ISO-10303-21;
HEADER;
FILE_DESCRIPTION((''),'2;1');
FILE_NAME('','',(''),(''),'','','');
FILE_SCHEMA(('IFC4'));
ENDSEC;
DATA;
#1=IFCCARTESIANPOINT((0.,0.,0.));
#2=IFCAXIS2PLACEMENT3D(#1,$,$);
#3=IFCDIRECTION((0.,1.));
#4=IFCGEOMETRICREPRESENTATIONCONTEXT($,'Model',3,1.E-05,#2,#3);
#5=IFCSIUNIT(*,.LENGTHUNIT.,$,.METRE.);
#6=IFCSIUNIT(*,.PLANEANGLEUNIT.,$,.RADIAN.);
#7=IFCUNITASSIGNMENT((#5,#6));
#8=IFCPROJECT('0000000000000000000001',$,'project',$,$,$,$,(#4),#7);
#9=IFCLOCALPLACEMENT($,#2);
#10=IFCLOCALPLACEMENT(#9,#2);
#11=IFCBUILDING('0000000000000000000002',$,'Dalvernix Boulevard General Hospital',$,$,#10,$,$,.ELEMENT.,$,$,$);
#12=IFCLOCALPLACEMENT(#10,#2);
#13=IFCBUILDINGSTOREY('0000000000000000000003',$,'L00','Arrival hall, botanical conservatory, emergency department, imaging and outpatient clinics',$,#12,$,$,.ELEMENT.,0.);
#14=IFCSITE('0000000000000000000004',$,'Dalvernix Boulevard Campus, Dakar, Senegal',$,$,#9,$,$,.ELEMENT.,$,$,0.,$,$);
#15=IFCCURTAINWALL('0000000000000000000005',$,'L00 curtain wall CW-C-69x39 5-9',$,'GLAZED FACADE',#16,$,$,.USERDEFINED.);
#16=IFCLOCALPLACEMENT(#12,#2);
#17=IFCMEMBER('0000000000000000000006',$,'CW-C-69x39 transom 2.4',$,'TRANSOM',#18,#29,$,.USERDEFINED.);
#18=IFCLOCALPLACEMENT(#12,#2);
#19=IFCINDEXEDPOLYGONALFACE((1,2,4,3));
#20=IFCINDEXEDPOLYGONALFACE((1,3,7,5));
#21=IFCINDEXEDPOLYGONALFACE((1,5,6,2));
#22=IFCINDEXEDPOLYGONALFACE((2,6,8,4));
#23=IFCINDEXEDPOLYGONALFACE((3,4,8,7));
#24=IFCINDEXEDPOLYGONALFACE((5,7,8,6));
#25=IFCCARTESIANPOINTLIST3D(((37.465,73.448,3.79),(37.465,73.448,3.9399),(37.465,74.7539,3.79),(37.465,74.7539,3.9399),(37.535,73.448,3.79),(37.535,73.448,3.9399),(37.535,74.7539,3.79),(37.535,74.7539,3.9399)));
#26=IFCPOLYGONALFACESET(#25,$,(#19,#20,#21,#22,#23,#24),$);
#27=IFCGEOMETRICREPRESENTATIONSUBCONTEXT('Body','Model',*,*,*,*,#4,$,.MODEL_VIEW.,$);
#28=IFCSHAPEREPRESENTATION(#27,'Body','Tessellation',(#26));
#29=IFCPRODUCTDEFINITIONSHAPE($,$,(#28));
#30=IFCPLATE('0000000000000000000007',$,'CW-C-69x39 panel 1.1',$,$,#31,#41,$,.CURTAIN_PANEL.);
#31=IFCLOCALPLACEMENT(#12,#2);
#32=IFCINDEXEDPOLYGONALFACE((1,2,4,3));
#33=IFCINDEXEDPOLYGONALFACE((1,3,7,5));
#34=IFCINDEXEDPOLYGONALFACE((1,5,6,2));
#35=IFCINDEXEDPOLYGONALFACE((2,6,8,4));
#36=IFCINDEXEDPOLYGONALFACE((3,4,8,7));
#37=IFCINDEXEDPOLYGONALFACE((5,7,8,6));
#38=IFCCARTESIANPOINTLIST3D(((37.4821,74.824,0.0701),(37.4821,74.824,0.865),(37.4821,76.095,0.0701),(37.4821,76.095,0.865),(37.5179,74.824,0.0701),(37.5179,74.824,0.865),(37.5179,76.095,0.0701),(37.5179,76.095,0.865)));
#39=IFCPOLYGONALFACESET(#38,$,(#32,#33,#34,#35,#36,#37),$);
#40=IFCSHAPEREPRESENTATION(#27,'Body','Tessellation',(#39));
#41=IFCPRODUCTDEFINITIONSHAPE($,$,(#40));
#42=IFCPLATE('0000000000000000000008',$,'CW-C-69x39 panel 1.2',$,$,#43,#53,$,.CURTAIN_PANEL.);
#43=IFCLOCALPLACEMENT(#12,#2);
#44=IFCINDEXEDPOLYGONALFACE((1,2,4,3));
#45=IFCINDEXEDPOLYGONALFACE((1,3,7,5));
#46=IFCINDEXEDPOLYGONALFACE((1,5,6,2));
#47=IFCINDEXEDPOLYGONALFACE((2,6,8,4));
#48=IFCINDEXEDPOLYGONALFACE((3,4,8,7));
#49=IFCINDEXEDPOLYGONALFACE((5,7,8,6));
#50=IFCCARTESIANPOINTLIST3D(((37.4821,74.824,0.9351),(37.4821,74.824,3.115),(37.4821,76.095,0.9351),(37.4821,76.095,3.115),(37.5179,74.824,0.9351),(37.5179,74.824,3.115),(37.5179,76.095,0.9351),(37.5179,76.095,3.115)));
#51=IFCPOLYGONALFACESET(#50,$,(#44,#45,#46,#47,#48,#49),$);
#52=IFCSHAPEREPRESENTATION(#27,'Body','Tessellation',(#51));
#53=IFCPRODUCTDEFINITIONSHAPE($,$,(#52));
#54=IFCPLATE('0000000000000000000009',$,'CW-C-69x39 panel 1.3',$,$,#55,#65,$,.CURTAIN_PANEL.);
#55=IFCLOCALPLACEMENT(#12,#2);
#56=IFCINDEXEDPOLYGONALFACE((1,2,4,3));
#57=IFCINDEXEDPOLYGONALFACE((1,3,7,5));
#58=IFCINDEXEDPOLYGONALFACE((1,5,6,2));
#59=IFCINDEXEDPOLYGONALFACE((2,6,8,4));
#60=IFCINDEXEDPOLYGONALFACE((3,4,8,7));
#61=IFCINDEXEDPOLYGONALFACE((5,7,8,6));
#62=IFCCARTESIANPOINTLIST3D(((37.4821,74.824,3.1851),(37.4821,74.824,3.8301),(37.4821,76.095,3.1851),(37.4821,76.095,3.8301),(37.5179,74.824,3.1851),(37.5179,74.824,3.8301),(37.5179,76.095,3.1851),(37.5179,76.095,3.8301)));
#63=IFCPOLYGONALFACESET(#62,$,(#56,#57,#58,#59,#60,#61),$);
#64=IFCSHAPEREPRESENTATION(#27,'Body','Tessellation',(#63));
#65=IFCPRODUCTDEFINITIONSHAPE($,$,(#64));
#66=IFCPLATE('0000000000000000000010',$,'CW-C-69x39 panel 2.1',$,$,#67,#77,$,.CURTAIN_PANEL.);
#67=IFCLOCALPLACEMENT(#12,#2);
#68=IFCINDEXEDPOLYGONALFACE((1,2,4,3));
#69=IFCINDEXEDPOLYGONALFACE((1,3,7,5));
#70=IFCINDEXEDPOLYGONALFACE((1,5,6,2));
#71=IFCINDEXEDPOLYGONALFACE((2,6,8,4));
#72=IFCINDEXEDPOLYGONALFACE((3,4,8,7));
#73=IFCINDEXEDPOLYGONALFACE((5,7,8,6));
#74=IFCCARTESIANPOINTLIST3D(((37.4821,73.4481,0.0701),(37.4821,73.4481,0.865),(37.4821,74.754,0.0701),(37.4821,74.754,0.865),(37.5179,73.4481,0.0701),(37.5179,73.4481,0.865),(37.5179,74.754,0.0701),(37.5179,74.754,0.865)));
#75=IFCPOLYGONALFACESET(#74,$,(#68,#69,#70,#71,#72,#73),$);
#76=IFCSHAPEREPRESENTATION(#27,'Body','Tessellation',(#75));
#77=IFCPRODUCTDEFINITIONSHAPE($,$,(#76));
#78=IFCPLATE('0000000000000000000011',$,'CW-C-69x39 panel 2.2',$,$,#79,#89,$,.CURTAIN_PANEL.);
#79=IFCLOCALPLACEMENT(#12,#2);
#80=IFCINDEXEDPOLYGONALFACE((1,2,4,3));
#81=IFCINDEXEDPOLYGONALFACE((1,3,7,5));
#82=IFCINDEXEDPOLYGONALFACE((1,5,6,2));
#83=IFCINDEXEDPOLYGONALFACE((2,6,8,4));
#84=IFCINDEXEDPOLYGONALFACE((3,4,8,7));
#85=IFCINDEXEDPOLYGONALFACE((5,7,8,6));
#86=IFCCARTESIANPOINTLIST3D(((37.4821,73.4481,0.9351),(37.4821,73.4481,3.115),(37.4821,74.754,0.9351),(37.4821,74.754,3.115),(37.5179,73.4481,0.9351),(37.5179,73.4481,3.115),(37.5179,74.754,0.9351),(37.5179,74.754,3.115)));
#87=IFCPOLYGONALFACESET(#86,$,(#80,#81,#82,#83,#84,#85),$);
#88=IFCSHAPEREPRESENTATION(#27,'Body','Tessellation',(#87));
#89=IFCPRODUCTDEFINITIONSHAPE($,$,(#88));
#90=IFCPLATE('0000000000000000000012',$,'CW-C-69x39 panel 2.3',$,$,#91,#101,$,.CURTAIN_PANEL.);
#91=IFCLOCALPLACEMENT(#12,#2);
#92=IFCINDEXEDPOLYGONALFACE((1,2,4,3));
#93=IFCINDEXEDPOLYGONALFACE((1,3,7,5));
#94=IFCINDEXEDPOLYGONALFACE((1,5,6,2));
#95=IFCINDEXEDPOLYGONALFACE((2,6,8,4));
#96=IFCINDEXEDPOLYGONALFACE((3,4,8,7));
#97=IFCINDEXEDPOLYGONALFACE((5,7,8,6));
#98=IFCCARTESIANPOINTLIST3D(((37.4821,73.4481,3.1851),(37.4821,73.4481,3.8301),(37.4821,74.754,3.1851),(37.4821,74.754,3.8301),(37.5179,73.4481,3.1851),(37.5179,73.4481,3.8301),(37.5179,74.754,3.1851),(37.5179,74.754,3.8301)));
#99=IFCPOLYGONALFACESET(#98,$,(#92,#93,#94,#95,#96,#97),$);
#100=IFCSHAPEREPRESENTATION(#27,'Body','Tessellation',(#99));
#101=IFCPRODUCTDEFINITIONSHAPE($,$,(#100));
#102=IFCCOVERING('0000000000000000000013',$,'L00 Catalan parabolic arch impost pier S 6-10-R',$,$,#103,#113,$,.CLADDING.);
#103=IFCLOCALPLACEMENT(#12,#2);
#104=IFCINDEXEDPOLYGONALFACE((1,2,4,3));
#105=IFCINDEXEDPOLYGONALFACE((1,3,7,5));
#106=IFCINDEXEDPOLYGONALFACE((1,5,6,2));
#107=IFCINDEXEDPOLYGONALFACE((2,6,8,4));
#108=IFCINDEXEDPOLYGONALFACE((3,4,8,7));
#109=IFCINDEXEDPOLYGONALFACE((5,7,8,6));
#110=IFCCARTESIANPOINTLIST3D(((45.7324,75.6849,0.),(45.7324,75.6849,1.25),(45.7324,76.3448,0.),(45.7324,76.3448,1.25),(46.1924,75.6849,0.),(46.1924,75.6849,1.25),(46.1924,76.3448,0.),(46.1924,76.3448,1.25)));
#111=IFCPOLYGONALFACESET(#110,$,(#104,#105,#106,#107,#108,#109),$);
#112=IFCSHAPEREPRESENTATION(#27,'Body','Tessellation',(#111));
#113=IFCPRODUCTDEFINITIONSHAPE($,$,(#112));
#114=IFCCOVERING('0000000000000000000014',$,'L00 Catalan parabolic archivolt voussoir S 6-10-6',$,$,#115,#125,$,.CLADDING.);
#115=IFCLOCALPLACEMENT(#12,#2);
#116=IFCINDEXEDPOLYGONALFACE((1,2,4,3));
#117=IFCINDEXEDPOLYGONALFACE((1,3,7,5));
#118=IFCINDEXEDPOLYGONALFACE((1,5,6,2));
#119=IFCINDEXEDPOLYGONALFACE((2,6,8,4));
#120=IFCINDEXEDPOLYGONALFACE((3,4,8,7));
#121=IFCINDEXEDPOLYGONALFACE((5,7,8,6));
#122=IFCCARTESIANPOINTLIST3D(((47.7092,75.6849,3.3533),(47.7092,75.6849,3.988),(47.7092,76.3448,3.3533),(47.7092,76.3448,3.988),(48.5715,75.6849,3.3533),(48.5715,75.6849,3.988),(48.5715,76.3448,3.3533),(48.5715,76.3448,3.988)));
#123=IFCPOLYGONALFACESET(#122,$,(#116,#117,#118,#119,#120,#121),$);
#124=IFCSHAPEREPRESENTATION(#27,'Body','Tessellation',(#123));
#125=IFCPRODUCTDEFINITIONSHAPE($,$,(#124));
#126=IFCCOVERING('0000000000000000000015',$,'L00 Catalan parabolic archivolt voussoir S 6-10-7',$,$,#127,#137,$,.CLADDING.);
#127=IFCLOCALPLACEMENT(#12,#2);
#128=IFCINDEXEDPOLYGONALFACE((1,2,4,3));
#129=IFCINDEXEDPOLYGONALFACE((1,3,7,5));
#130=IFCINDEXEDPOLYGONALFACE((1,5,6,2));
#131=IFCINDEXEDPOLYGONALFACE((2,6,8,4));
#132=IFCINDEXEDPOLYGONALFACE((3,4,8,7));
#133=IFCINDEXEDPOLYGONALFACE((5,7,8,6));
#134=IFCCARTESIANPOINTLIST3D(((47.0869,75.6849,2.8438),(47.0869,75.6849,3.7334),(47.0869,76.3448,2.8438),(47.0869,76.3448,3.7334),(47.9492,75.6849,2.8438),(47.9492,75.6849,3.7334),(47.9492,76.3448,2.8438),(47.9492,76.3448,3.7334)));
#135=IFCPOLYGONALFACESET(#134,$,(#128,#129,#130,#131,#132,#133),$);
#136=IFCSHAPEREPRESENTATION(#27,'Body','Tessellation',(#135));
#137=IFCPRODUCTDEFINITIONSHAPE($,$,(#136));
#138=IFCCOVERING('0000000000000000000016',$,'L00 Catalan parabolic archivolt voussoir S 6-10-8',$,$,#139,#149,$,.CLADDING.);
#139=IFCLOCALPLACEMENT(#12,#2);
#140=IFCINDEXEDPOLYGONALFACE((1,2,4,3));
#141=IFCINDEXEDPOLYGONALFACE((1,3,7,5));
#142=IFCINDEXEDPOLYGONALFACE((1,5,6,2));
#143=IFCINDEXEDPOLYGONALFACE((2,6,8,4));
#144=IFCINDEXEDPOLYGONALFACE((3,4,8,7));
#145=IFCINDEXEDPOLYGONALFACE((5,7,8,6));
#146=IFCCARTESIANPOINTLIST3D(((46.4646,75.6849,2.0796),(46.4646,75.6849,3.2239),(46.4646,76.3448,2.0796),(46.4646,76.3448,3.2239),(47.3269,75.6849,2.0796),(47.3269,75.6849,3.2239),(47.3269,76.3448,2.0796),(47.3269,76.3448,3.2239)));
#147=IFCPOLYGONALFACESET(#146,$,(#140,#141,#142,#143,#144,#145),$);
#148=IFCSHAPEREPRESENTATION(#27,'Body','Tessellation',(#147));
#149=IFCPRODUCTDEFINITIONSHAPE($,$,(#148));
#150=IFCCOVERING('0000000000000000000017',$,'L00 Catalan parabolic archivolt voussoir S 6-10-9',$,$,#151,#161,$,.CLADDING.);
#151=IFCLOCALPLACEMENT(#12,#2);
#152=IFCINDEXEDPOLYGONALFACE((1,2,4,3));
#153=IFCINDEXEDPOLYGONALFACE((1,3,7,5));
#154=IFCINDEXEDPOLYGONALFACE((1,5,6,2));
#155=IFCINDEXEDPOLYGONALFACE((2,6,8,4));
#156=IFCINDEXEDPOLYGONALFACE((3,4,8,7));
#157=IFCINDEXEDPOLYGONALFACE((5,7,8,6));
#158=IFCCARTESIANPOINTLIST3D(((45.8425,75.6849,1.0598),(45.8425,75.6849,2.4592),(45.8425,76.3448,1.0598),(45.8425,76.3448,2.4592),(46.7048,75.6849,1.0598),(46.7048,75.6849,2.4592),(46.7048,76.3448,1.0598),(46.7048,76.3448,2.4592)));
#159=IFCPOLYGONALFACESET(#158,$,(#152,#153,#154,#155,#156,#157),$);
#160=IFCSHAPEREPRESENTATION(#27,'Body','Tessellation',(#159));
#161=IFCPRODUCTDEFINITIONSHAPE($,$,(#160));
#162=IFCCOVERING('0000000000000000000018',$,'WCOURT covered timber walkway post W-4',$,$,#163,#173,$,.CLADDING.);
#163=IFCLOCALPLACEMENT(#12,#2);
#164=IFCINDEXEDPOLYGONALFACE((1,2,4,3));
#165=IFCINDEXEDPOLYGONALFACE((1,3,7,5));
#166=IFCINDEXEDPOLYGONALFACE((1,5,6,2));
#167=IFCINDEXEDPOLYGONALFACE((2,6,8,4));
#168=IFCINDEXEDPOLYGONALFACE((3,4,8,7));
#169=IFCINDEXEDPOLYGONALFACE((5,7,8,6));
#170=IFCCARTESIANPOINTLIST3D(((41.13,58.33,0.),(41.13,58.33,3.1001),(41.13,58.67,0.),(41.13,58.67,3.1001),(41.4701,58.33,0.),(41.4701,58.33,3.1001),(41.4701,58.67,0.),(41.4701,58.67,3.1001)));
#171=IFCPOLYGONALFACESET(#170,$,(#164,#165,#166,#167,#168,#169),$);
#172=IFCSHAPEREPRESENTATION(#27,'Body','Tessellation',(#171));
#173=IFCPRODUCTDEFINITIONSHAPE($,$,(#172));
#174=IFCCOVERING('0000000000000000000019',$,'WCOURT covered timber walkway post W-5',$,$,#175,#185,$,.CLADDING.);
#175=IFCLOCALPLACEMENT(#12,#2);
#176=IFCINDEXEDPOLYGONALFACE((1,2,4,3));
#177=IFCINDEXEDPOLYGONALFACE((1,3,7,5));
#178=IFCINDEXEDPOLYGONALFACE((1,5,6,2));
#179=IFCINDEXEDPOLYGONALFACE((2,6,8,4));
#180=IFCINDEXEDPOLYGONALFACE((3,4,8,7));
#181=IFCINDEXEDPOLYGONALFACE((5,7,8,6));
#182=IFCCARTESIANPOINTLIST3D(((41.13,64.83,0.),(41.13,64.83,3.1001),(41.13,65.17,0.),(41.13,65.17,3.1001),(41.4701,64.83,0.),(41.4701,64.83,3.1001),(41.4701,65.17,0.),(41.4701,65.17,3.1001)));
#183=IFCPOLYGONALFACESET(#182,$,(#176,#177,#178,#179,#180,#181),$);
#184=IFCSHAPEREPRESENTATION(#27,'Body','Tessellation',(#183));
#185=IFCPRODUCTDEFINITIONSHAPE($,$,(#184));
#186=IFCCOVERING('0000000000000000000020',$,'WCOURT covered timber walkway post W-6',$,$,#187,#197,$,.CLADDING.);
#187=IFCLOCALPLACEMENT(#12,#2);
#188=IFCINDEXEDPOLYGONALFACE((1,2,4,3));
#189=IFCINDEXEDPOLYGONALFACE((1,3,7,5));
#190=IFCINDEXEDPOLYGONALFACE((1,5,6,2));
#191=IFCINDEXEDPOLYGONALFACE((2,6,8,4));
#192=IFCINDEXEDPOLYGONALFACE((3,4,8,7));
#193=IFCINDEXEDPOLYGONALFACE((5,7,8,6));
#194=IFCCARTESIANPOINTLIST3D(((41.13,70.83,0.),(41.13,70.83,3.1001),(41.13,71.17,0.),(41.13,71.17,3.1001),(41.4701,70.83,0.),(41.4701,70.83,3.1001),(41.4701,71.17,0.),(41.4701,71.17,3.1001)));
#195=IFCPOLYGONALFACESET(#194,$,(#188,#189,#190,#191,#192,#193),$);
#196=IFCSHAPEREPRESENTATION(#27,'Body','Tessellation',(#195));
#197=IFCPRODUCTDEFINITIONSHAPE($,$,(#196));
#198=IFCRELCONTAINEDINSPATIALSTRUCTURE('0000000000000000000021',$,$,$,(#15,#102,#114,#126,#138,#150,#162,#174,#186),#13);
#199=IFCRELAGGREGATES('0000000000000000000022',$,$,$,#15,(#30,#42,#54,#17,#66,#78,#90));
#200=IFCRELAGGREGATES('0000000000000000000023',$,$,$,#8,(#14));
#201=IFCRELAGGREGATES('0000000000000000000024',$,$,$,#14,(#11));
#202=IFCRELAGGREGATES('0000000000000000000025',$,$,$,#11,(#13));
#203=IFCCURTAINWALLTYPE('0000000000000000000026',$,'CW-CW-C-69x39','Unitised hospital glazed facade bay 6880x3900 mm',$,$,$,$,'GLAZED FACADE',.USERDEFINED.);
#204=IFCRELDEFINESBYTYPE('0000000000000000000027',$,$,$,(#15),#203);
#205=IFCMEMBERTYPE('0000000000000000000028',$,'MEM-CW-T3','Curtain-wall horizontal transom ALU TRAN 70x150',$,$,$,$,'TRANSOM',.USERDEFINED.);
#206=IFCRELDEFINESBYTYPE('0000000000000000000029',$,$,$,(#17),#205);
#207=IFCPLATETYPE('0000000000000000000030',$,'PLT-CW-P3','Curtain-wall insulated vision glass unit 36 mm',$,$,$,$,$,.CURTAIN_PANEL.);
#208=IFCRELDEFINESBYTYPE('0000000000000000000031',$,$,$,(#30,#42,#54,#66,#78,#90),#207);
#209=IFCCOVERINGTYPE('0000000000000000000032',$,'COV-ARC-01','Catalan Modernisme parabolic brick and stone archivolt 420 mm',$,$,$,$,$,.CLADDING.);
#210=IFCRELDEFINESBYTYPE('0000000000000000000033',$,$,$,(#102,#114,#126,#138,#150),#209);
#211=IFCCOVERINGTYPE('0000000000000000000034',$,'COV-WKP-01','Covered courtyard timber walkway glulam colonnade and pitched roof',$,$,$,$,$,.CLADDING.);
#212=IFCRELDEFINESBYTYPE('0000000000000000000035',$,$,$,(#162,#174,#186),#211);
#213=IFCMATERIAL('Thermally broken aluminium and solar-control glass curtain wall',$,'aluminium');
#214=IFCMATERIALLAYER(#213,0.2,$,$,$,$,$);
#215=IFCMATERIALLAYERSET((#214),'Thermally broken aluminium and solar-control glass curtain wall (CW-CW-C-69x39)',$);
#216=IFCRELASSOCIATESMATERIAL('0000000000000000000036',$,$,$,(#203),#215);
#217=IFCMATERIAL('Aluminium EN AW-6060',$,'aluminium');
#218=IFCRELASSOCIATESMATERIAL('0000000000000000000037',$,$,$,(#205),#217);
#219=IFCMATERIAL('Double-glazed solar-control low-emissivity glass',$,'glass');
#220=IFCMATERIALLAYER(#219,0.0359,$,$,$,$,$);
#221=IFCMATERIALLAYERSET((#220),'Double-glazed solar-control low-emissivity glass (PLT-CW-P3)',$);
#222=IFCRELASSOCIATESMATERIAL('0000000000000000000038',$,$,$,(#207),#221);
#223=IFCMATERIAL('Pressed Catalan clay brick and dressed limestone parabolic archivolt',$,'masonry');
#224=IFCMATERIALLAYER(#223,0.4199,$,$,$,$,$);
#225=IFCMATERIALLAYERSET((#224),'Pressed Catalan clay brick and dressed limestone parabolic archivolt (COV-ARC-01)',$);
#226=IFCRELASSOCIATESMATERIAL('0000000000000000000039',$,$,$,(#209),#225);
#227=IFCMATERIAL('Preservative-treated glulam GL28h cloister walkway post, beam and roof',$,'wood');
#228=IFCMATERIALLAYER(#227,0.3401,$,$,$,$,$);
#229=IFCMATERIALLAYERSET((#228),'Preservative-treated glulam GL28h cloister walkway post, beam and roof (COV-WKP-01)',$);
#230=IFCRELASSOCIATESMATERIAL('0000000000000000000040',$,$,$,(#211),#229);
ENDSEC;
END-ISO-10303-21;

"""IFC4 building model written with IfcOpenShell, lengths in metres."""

from ifc_helpers import new_model, si_unit, direction, frame, origin, origin_2d, place, context, subcontext, project, spatial, rectangle, extrude, material, layer, layer_set, material_profile, profile_set, type_object, element, aggregate, save


model = new_model("IFC4")

# Units and contexts
model_context = context("Model", 3, precision=1e-05, world=origin(), true_north=direction((0.0, 1.0)))
body_context = subcontext(model_context, "Body", "Model", "MODEL_VIEW")
ifc_project = project(units=[si_unit("LENGTHUNIT", "METRE"), si_unit("PLANEANGLEUNIT", "RADIAN")], contexts=[model_context])

# Site, building, storey
site_placement = place(None, origin())
site = spatial("IfcSite", under=ifc_project, at=site_placement, Name="Dalvernix Boulevard Campus, Dakar, Senegal", CompositionType="ELEMENT", RefElevation=0.0)
building_placement = place(site_placement, origin())
building = spatial("IfcBuilding", under=site, at=building_placement, Name="Dalvernix Boulevard General Hospital", CompositionType="ELEMENT")
storey_placement = place(building_placement, origin())
storey = spatial("IfcBuildingStorey", under=building, at=storey_placement, Name="L00", Description="Arrival hall, botanical conservatory, emergency department, imaging and outpatient clinics", CompositionType="ELEMENT", Elevation=0.0)

# Curtain wall, member, plates
ifc_material_1 = material(Name="Thermally broken aluminium and solar-control glass curtain wall", Category="aluminium")
ifc_layer_1 = layer(ifc_material_1, 0.2)
ifc_layer_set_1 = layer_set([ifc_layer_1], Name="Thermally broken aluminium and solar-control glass curtain wall (CW-CW-C-69x39)")
curtain_wall_type = type_object("IfcCurtainWallType", Name="CW-CW-C-69x39", Description="Unitised hospital glazed facade bay 6880x3900 mm", ElementType="GLAZED FACADE", PredefinedType="USERDEFINED", material=ifc_layer_set_1)
curtain_wall_placement = place(storey_placement, origin())
curtain_wall = element("IfcCurtainWall", 1, at=curtain_wall_placement, inside=storey, type_object=curtain_wall_type, Name="L00 curtain wall CW-C-69x39 5-9", ObjectType="GLAZED FACADE", PredefinedType="USERDEFINED")
ifc_material_2 = material(Name="Aluminium EN AW-6060", Category="aluminium")
ifc_material_profile_1 = material_profile(ifc_material_2, rectangle(XDim=0.0701, YDim=0.1499, at=origin_2d()), Name="ALU TRAN 70x150")
ifc_profile_set_1 = profile_set([ifc_material_profile_1], Name="Aluminium EN AW-6060")
member_type_1 = type_object("IfcMemberType", Name="MEM-CW-T3", Description="Curtain-wall horizontal transom ALU TRAN 70x150", ElementType="TRANSOM", PredefinedType="USERDEFINED", material=ifc_profile_set_1)
member_1_placement = place(storey_placement, frame((37.5, 74.7539, 3.865), z_axis=(0.0, -1.0, 0.0), x_axis=(1.0, 0.0, 0.0)))
member_1 = element("IfcMember", 2, at=member_1_placement, type_object=member_type_1, Name="CW-C-69x39 transom 2.4", ObjectType="TRANSOM", PredefinedType="USERDEFINED", context=body_context, shape_type="SweptSolid", body=[
    extrude(rectangle(XDim=0.0701, YDim=0.1499, at=origin_2d()), origin(), (0.0, 0.0, 1.0), 1.3059),
])
ifc_material_3 = material(Name="Double-glazed solar-control low-emissivity glass", Category="glass")
ifc_layer_2 = layer(ifc_material_3, 0.0359)
ifc_layer_set_2 = layer_set([ifc_layer_2], Name="Double-glazed solar-control low-emissivity glass (PLT-CW-P3)")
plate_type = type_object("IfcPlateType", Name="PLT-CW-P3", Description="Curtain-wall insulated vision glass unit 36 mm", PredefinedType="CURTAIN_PANEL", material=ifc_layer_set_2)
plate_1_placement = place(storey_placement, frame((37.5, 75.4595, 0.0701), z_axis=(0.0, 0.0, 1.0), x_axis=(0.0, -1.0, 0.0)))
plate_1 = element("IfcPlate", 3, at=plate_1_placement, type_object=plate_type, Name="CW-C-69x39 panel 1.1", PredefinedType="CURTAIN_PANEL", context=body_context, shape_type="SweptSolid", body=[
    extrude(rectangle(XDim=1.271, YDim=0.0359, at=origin_2d()), origin(), (0.0, 0.0, 1.0), 0.7949),
])
plate_2_placement = place(storey_placement, frame((37.5, 75.4595, 0.9351), z_axis=(0.0, 0.0, 1.0), x_axis=(0.0, -1.0, 0.0)))
plate_2 = element("IfcPlate", 4, at=plate_2_placement, type_object=plate_type, Name="CW-C-69x39 panel 1.2", PredefinedType="CURTAIN_PANEL", context=body_context, shape_type="SweptSolid", body=[
    extrude(rectangle(XDim=1.271, YDim=0.0359, at=origin_2d()), origin(), (0.0, 0.0, 1.0), 2.1799),
])
plate_3_placement = place(storey_placement, frame((37.5, 75.4595, 3.1851), z_axis=(0.0, 0.0, 1.0), x_axis=(0.0, -1.0, 0.0)))
plate_3 = element("IfcPlate", 5, at=plate_3_placement, type_object=plate_type, Name="CW-C-69x39 panel 1.3", PredefinedType="CURTAIN_PANEL", context=body_context, shape_type="SweptSolid", body=[
    extrude(rectangle(XDim=1.271, YDim=0.0359, at=origin_2d()), origin(), (0.0, 0.0, 1.0), 0.645),
])
plate_4_placement = place(storey_placement, frame((37.5, 74.1011, 0.0701), z_axis=(0.0, 0.0, 1.0), x_axis=(0.0, -1.0, 0.0)))
plate_4 = element("IfcPlate", 6, at=plate_4_placement, type_object=plate_type, Name="CW-C-69x39 panel 2.1", PredefinedType="CURTAIN_PANEL", context=body_context, shape_type="SweptSolid", body=[
    extrude(rectangle(XDim=1.3059, YDim=0.0359, at=origin_2d()), origin(), (0.0, 0.0, 1.0), 0.7949),
])
plate_5_placement = place(storey_placement, frame((37.5, 74.1011, 0.9351), z_axis=(0.0, 0.0, 1.0), x_axis=(0.0, -1.0, 0.0)))
plate_5 = element("IfcPlate", 7, at=plate_5_placement, type_object=plate_type, Name="CW-C-69x39 panel 2.2", PredefinedType="CURTAIN_PANEL", context=body_context, shape_type="SweptSolid", body=[
    extrude(rectangle(XDim=1.3059, YDim=0.0359, at=origin_2d()), origin(), (0.0, 0.0, 1.0), 2.1799),
])
plate_6_placement = place(storey_placement, frame((37.5, 74.1011, 3.1851), z_axis=(0.0, 0.0, 1.0), x_axis=(0.0, -1.0, 0.0)))
plate_6 = element("IfcPlate", 8, at=plate_6_placement, type_object=plate_type, Name="CW-C-69x39 panel 2.3", PredefinedType="CURTAIN_PANEL", context=body_context, shape_type="SweptSolid", body=[
    extrude(rectangle(XDim=1.3059, YDim=0.0359, at=origin_2d()), origin(), (0.0, 0.0, 1.0), 0.645),
])
aggregate(curtain_wall, [plate_1, plate_2, plate_3, member_1, plate_4, plate_5, plate_6])

# Coverings
ifc_material_4 = material(Name="Pressed Catalan clay brick and dressed limestone parabolic archivolt", Category="masonry")
ifc_layer_3 = layer(ifc_material_4, 0.4199)
ifc_layer_set_3 = layer_set([ifc_layer_3], Name="Pressed Catalan clay brick and dressed limestone parabolic archivolt (COV-ARC-01)")
covering_type_1 = type_object("IfcCoveringType", Name="COV-ARC-01", Description="Catalan Modernisme parabolic brick and stone archivolt 420 mm", PredefinedType="CLADDING", material=ifc_layer_set_3)
covering_1_placement = place(storey_placement, frame((45.9624, 76.0149, 0.0), z_axis=(0.0, 0.0, 1.0), x_axis=(-1.0, 0.0, 0.0)))
element("IfcCovering", 9, at=covering_1_placement, inside=storey, type_object=covering_type_1, Name="L00 Catalan parabolic arch impost pier S 6-10-R", PredefinedType="CLADDING", context=body_context, shape_type="SweptSolid", body=[
    extrude(rectangle(XDim=0.46, YDim=0.6599, at=origin_2d()), origin(), (0.0, 0.0, 1.0), 1.25),
])
covering_2_placement = place(storey_placement, frame((48.1404, 76.0149, 3.3533), z_axis=(0.0, 0.0, 1.0), x_axis=(-1.0, 0.0, 0.0)))
element("IfcCovering", 10, at=covering_2_placement, inside=storey, type_object=covering_type_1, Name="L00 Catalan parabolic archivolt voussoir S 6-10-6", PredefinedType="CLADDING", context=body_context, shape_type="SweptSolid", body=[
    extrude(rectangle(XDim=0.8623, YDim=0.6599, at=origin_2d()), origin(), (0.0, 0.0, 1.0), 0.6348),
])
covering_3_placement = place(storey_placement, frame((47.5181, 76.0149, 2.8438), z_axis=(0.0, 0.0, 1.0), x_axis=(-1.0, 0.0, 0.0)))
element("IfcCovering", 11, at=covering_3_placement, inside=storey, type_object=covering_type_1, Name="L00 Catalan parabolic archivolt voussoir S 6-10-7", PredefinedType="CLADDING", context=body_context, shape_type="SweptSolid", body=[
    extrude(rectangle(XDim=0.8623, YDim=0.6599, at=origin_2d()), origin(), (0.0, 0.0, 1.0), 0.8896),
])
covering_4_placement = place(storey_placement, frame((46.8958, 76.0149, 2.0796), z_axis=(0.0, 0.0, 1.0), x_axis=(-1.0, 0.0, 0.0)))
element("IfcCovering", 12, at=covering_4_placement, inside=storey, type_object=covering_type_1, Name="L00 Catalan parabolic archivolt voussoir S 6-10-8", PredefinedType="CLADDING", context=body_context, shape_type="SweptSolid", body=[
    extrude(rectangle(XDim=0.8623, YDim=0.6599, at=origin_2d()), origin(), (0.0, 0.0, 1.0), 1.1443),
])
covering_5_placement = place(storey_placement, frame((46.2737, 76.0149, 1.0598), z_axis=(0.0, 0.0, 1.0), x_axis=(-1.0, 0.0, 0.0)))
element("IfcCovering", 13, at=covering_5_placement, inside=storey, type_object=covering_type_1, Name="L00 Catalan parabolic archivolt voussoir S 6-10-9", PredefinedType="CLADDING", context=body_context, shape_type="SweptSolid", body=[
    extrude(rectangle(XDim=0.8623, YDim=0.6599, at=origin_2d()), origin(), (0.0, 0.0, 1.0), 1.3994),
])
ifc_material_5 = material(Name="Preservative-treated glulam GL28h cloister walkway post, beam and roof", Category="wood")
ifc_layer_4 = layer(ifc_material_5, 0.3401)
ifc_layer_set_4 = layer_set([ifc_layer_4], Name="Preservative-treated glulam GL28h cloister walkway post, beam and roof (COV-WKP-01)")
covering_type_2 = type_object("IfcCoveringType", Name="COV-WKP-01", Description="Covered courtyard timber walkway glulam colonnade and pitched roof", PredefinedType="CLADDING", material=ifc_layer_set_4)
for number, where, z_axis, x_axis, name in (
    (14, (41.3, 58.5, 0.0), (0.0, 0.0, 1.0), (1.0, 0.0, 0.0), "WCOURT covered timber walkway post W-4"),
    (15, (41.3, 65.0, 0.0), (0.0, 0.0, 1.0), (1.0, 0.0, 0.0), "WCOURT covered timber walkway post W-5"),
    (16, (41.3, 71.0, 0.0), (0.0, 0.0, 1.0), (1.0, 0.0, 0.0), "WCOURT covered timber walkway post W-6"),
):
    element("IfcCovering", number, at=place(storey_placement, frame(where, z_axis=z_axis, x_axis=x_axis)), inside=storey, type_object=covering_type_2, Name=name, PredefinedType="CLADDING", context=body_context, shape_type="SweptSolid", body=[
        extrude(rectangle(XDim=0.3401, YDim=0.3401, at=origin_2d()), origin(), (0.0, 0.0, 1.0), 3.1001),
    ])

save(model, "model.ifc")
